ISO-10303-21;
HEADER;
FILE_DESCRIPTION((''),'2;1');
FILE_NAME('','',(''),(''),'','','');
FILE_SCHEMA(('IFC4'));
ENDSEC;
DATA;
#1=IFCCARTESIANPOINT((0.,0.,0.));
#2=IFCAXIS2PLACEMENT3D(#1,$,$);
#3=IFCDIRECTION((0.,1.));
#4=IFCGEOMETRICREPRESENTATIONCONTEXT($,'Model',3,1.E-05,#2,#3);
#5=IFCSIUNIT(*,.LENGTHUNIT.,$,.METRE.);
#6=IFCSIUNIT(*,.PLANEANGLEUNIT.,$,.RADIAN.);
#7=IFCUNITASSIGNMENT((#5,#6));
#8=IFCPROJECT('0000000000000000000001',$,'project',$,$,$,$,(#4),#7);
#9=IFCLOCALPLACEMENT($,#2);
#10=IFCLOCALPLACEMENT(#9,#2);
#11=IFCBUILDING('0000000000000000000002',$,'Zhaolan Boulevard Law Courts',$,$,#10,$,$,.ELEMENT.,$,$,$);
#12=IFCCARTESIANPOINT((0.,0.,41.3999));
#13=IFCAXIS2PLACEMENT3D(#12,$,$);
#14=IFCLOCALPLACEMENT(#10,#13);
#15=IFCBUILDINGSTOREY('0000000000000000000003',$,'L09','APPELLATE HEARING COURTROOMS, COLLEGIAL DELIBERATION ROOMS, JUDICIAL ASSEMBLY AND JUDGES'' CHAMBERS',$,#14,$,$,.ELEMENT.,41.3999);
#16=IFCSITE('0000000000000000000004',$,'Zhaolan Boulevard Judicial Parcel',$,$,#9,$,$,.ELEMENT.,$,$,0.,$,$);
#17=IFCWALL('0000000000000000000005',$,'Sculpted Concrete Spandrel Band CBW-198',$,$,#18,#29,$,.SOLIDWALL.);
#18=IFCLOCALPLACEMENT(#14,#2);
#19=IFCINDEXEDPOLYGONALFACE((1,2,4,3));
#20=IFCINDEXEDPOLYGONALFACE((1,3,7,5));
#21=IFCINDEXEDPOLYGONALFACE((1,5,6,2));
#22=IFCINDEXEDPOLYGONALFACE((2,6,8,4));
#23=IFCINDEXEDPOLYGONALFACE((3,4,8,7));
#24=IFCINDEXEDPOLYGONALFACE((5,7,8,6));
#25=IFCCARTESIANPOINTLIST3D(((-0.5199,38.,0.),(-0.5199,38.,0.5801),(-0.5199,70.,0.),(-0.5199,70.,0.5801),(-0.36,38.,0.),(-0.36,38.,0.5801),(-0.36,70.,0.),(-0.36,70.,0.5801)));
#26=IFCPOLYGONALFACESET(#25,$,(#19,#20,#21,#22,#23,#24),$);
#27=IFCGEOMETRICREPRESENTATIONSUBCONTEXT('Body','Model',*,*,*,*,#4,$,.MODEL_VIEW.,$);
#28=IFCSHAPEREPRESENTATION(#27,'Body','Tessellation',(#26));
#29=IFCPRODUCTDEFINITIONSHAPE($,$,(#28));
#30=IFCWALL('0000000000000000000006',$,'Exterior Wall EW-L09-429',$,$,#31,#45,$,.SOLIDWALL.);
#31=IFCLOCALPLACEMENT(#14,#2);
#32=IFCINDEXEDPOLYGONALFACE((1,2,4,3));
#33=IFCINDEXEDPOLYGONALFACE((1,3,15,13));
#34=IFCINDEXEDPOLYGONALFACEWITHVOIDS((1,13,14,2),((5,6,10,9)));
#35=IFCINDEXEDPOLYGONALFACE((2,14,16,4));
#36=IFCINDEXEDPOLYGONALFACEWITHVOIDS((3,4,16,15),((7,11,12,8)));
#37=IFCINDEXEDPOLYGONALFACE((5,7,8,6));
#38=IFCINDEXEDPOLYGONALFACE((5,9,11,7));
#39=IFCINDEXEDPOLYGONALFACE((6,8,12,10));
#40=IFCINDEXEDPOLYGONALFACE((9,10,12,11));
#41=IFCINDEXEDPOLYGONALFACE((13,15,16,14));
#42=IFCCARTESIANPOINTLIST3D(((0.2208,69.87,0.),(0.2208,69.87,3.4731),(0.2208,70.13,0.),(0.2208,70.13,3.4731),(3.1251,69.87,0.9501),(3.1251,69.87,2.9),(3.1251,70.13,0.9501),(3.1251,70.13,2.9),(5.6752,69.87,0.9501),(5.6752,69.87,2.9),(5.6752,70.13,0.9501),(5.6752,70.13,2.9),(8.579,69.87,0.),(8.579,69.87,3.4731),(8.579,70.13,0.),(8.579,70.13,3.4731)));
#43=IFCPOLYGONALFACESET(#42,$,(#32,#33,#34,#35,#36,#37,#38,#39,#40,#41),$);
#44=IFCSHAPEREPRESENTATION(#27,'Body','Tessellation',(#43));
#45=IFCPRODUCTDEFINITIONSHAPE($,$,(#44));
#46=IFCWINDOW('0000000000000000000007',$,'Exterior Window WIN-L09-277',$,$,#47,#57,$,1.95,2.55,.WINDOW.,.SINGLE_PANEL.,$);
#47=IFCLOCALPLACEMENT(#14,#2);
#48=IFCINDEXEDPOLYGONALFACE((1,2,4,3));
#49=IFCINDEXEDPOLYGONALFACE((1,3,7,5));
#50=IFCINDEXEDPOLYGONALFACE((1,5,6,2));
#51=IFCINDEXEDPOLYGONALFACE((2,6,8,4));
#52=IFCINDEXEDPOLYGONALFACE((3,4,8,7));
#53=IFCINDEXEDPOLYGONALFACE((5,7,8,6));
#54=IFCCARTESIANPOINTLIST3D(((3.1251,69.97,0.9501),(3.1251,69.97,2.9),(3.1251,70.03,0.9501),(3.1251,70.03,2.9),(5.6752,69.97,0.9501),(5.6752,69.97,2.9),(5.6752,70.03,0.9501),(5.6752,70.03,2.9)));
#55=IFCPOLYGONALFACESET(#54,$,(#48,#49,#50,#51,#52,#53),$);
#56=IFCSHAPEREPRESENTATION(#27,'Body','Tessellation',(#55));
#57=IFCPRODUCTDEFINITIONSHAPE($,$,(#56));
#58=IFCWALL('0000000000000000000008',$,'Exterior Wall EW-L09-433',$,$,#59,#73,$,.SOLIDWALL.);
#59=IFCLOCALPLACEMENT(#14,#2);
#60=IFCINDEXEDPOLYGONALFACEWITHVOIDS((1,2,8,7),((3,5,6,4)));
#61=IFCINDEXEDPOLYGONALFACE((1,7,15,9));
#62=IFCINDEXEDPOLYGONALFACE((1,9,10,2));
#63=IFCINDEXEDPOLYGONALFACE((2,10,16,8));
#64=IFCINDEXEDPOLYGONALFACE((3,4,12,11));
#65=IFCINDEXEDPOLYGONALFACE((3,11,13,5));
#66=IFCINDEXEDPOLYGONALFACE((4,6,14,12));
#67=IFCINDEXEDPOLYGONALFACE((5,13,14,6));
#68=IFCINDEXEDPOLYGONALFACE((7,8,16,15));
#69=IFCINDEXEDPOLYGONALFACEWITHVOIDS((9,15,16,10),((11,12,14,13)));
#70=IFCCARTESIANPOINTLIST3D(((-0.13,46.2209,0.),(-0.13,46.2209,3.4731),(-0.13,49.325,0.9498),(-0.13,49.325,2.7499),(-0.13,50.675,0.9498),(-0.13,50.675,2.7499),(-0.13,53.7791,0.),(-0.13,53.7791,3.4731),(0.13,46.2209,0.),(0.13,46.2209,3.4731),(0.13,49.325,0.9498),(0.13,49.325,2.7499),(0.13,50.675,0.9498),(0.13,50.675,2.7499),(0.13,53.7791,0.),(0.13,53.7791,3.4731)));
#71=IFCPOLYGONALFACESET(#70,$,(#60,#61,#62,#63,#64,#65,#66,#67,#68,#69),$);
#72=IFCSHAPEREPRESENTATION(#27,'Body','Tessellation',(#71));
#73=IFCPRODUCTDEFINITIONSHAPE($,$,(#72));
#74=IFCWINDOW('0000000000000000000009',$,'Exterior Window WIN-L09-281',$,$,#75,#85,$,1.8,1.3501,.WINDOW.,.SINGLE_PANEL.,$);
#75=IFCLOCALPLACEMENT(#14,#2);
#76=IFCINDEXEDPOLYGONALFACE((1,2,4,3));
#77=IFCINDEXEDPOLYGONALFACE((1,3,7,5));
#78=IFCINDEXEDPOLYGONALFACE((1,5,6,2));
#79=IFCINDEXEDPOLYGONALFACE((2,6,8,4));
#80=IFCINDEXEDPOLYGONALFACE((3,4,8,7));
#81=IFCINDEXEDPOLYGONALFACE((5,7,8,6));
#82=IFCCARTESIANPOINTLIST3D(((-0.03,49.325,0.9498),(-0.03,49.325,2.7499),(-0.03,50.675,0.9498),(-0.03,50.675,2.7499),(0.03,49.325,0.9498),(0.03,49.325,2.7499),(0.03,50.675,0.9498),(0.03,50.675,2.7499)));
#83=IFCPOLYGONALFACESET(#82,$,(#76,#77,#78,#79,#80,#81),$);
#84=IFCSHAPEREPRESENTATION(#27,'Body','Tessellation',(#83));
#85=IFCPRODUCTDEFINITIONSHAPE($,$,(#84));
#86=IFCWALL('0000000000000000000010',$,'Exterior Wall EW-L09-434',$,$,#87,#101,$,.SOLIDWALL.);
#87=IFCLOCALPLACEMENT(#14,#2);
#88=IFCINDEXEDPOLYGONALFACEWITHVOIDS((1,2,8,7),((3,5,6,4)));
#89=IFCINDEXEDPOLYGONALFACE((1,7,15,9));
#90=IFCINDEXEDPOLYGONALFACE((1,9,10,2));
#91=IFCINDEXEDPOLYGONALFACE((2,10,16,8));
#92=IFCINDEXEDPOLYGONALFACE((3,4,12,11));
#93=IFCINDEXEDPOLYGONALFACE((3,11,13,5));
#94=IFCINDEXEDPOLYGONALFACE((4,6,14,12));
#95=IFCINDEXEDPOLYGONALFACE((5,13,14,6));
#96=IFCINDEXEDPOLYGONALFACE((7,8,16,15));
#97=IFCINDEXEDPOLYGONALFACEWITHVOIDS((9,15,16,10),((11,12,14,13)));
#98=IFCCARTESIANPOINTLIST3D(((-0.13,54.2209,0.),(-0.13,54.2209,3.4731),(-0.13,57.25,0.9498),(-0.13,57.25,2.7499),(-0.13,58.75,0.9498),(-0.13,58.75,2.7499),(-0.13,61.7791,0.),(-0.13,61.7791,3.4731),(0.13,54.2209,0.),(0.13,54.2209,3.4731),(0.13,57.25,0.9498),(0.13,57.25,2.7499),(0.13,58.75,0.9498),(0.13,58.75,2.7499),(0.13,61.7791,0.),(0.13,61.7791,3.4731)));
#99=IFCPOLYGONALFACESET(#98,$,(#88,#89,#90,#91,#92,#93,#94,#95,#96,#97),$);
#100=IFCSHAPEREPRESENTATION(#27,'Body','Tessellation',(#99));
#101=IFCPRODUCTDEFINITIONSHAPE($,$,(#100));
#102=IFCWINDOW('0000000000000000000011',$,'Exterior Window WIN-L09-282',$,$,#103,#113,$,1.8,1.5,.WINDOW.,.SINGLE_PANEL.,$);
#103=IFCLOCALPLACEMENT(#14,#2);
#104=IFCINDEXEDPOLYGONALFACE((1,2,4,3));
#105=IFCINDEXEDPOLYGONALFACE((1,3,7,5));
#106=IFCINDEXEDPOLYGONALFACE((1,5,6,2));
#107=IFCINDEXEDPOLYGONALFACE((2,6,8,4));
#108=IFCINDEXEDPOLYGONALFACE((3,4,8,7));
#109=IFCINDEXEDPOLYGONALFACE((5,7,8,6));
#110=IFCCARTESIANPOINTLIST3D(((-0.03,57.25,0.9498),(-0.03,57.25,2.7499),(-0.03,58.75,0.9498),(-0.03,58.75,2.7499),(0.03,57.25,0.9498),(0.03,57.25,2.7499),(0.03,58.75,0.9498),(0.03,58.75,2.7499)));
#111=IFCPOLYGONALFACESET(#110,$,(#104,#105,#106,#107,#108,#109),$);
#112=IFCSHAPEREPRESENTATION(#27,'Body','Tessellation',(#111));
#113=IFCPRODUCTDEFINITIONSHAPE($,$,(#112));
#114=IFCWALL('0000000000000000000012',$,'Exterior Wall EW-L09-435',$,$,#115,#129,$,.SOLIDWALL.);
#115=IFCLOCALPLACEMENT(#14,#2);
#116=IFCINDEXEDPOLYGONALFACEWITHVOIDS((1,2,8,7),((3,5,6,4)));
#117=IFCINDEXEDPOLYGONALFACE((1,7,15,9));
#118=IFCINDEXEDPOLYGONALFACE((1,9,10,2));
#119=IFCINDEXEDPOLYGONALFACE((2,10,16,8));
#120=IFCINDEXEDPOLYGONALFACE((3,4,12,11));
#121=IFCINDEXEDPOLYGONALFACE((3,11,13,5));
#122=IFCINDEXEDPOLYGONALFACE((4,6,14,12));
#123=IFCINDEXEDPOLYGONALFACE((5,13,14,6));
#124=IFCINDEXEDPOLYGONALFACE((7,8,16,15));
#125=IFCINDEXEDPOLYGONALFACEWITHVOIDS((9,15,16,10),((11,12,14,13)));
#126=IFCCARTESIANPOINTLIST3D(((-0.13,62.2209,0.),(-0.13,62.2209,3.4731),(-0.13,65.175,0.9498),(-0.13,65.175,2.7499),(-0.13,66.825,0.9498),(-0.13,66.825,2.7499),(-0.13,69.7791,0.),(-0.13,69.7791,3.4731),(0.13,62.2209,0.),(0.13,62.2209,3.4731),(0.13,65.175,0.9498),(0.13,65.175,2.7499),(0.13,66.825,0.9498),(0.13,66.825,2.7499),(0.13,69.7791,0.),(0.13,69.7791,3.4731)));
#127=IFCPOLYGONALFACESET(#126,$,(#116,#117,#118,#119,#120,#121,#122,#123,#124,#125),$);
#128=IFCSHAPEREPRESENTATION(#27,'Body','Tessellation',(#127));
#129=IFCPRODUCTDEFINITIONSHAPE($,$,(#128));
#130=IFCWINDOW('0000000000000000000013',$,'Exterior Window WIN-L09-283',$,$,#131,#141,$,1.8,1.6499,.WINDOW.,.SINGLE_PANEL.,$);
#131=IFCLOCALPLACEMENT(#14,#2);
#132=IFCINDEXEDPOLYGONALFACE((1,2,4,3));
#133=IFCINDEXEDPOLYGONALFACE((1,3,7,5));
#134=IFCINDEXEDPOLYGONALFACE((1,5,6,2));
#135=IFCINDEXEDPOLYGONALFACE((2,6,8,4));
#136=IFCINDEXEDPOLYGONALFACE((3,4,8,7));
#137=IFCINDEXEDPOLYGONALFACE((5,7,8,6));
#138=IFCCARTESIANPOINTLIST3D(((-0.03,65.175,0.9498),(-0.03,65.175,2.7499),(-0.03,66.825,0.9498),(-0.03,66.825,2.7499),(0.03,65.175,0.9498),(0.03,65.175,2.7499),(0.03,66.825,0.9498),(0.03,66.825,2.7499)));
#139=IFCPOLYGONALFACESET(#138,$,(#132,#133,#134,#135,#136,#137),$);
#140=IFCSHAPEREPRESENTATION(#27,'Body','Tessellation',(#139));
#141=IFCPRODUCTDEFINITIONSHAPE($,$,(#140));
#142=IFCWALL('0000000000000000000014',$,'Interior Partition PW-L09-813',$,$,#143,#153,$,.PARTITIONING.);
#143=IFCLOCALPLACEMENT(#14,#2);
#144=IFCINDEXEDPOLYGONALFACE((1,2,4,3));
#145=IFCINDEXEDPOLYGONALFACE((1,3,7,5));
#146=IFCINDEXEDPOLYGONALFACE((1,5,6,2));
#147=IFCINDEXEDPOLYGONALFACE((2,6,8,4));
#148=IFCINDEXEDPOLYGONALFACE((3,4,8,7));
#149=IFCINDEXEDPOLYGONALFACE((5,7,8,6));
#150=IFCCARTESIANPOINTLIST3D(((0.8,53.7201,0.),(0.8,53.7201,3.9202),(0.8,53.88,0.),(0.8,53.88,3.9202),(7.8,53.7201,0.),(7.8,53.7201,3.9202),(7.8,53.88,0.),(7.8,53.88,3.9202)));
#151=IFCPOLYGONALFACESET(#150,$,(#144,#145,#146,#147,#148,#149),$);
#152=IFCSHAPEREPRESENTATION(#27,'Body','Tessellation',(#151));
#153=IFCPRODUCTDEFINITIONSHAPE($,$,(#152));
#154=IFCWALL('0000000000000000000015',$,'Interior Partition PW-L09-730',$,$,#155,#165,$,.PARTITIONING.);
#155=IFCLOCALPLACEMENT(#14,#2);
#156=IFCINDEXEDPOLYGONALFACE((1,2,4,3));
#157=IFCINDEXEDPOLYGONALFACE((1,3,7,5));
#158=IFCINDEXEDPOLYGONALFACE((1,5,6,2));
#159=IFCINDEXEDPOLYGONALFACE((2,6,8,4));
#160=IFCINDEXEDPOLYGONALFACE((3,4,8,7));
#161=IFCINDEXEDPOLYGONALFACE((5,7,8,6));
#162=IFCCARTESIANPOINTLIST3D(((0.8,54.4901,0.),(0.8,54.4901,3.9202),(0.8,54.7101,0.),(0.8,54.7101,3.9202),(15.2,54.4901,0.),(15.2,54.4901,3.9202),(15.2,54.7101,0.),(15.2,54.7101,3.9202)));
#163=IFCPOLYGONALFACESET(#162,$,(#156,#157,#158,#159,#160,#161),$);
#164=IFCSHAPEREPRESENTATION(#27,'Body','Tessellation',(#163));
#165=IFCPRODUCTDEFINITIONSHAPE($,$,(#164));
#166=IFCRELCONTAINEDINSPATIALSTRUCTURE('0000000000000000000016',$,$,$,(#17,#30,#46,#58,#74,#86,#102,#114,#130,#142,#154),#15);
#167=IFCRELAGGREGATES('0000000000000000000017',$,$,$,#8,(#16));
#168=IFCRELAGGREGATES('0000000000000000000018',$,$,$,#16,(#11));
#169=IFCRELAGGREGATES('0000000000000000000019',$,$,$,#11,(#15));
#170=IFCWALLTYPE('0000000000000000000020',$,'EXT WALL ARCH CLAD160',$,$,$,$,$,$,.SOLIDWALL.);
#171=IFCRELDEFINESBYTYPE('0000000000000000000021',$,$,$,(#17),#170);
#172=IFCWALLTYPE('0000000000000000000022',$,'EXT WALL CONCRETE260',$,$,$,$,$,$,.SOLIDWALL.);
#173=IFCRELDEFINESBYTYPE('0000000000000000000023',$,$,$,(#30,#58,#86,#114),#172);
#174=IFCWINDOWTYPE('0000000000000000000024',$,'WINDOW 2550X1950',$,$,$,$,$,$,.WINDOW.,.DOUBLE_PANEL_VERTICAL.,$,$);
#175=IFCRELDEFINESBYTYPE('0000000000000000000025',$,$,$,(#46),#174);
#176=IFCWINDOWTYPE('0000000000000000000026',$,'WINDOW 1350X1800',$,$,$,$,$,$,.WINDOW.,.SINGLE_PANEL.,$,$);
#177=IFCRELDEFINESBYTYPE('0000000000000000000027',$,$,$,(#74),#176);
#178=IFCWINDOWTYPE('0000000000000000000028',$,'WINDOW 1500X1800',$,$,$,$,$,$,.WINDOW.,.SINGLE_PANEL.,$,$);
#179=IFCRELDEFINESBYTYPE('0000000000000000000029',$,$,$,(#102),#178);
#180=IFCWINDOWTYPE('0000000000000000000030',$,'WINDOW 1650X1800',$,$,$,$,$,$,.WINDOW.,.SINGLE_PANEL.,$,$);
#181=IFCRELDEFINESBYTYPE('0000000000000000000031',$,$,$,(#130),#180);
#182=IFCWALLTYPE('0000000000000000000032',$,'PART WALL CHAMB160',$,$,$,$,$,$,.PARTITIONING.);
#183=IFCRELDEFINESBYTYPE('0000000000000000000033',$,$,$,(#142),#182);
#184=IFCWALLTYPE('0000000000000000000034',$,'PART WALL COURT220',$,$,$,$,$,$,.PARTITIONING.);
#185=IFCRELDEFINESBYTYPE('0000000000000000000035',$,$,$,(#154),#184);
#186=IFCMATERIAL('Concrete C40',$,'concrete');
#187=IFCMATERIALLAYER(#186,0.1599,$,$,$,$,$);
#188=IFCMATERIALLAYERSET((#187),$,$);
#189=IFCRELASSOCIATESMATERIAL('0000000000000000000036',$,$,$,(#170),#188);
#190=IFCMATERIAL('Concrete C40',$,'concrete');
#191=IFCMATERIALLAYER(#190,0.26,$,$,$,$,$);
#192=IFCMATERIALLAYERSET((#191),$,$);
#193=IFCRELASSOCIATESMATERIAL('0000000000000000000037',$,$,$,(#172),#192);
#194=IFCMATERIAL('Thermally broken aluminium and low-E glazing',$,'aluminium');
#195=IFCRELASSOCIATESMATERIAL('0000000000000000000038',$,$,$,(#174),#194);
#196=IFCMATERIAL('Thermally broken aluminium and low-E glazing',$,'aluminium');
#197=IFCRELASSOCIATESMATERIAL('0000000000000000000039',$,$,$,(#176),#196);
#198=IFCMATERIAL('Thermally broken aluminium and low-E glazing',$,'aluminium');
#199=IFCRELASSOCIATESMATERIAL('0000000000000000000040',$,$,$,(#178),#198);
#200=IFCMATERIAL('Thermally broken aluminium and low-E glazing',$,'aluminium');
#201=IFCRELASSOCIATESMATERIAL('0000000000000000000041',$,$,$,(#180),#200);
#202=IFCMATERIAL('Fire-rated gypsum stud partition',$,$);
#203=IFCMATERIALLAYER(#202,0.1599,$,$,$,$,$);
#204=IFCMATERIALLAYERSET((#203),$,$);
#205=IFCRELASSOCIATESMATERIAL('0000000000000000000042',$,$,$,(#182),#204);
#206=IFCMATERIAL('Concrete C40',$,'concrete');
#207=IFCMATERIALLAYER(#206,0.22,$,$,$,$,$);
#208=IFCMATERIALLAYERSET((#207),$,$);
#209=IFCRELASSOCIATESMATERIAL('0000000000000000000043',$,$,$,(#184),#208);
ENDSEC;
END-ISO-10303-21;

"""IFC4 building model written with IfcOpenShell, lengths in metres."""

from ifc_helpers import new_model, si_unit, direction, frame, frame_2d, origin, place, context, subcontext, project, spatial, rectangle, extrude, material, layer, layer_set, type_object, element, fill, save


model = new_model("IFC4")

# Units and contexts
model_context = context("Model", 3, precision=1e-05, world=origin(), true_north=direction((0.0, 1.0)))
body_context = subcontext(model_context, "Body", "Model", "MODEL_VIEW")
ifc_project = project(units=[si_unit("LENGTHUNIT", "METRE"), si_unit("PLANEANGLEUNIT", "RADIAN")], contexts=[model_context])

# Site, building, storey
site_placement = place(None, origin())
site = spatial("IfcSite", under=ifc_project, at=site_placement, Name="Zhaolan Boulevard Judicial Parcel", CompositionType="ELEMENT", RefElevation=0.0)
building_placement = place(site_placement, origin())
building = spatial("IfcBuilding", under=site, at=building_placement, Name="Zhaolan Boulevard Law Courts", CompositionType="ELEMENT")
storey_placement = place(building_placement, frame((0.0, 0.0, 41.3999)))
storey = spatial("IfcBuildingStorey", under=building, at=storey_placement, Name="L09", Description="APPELLATE HEARING COURTROOMS, COLLEGIAL DELIBERATION ROOMS, JUDICIAL ASSEMBLY AND JUDGES' CHAMBERS", CompositionType="ELEMENT", Elevation=41.3999)

# Wall
ifc_material_1 = material(Name="Concrete C40", Category="concrete")
ifc_layer_1 = layer(ifc_material_1, 0.1599)
ifc_layer_set_1 = layer_set([ifc_layer_1])
wall_type_1 = type_object("IfcWallType", Name="EXT WALL ARCH CLAD160", PredefinedType="SOLIDWALL", material=ifc_layer_set_1)
wall_1_placement = place(storey_placement, frame((-0.4399, 70.0, 0.0), z_axis=(0.0, 0.0, 1.0), x_axis=(0.0, -1.0, 0.0)))
element("IfcWall", 1, at=wall_1_placement, inside=storey, type_object=wall_type_1, Name="Sculpted Concrete Spandrel Band CBW-198", PredefinedType="SOLIDWALL", context=body_context, shape_type="SweptSolid", body=[
    extrude(rectangle(XDim=32.0, YDim=0.1599, at=frame_2d((16.0, 0.0))), origin(), (0.0, 0.0, 1.0), 0.5801),
])

# Walls, openings, windows
ifc_material_2 = material(Name="Concrete C40", Category="concrete")
ifc_layer_2 = layer(ifc_material_2, 0.26)
ifc_layer_set_2 = layer_set([ifc_layer_2])
wall_type_2 = type_object("IfcWallType", Name="EXT WALL CONCRETE260", PredefinedType="SOLIDWALL", material=ifc_layer_set_2)
wall_2_placement = place(storey_placement, frame((8.5791, 70.0, 0.0), z_axis=(0.0, 0.0, 1.0), x_axis=(-1.0, 0.0, 0.0)))
wall_2 = element("IfcWall", 2, at=wall_2_placement, inside=storey, type_object=wall_type_2, Name="Exterior Wall EW-L09-429", PredefinedType="SOLIDWALL", context=body_context, shape_type="SweptSolid", body=[
    extrude(rectangle(XDim=8.3582, YDim=0.26, at=frame_2d((4.1792, 0.0))), origin(), (0.0, 0.0, 1.0), 3.4731),
])
opening_1_placement = place(wall_2_placement, frame((2.9041, 0.0, 0.95)))
opening_1 = element("IfcOpeningElement", 3, at=opening_1_placement, cuts=wall_2, PredefinedType="OPENING", context=body_context, shape_type="SweptSolid", body=[
    extrude(rectangle(XDim=2.55, YDim=1.95, at=frame_2d((1.2749, 0.9751))), frame((0.0, 0.1399, 0.0), z_axis=(0.0, -1.0, 0.0), x_axis=(1.0, 0.0, 0.0)), (0.0, 0.0, 1.0), 0.28),
])
ifc_material_3 = material(Name="Thermally broken aluminium and low-E glazing", Category="aluminium")
window_type_1 = type_object("IfcWindowType", Name="WINDOW 2550X1950", PartitioningType="DOUBLE_PANEL_VERTICAL", PredefinedType="WINDOW", material=ifc_material_3)
window_1_placement = place(opening_1_placement, origin())
window_1 = element("IfcWindow", 4, at=window_1_placement, inside=storey, type_object=window_type_1, Name="Exterior Window WIN-L09-277", OverallHeight=1.95, OverallWidth=2.55, PartitioningType="SINGLE_PANEL", PredefinedType="WINDOW", context=body_context, shape_type="SweptSolid", body=[
    extrude(rectangle(XDim=2.55, YDim=1.95, at=frame_2d((1.2749, 0.9751))), frame((0.0, 0.03, 0.0), z_axis=(0.0, -1.0, 0.0), x_axis=(1.0, 0.0, 0.0)), (0.0, 0.0, 1.0), 0.0601),
])
fill(opening_1, window_1)
wall_3_placement = place(storey_placement, frame((0.0, 53.7791, 0.0), z_axis=(0.0, 0.0, 1.0), x_axis=(0.0, -1.0, 0.0)))
wall_3 = element("IfcWall", 5, at=wall_3_placement, inside=storey, type_object=wall_type_2, Name="Exterior Wall EW-L09-433", PredefinedType="SOLIDWALL", context=body_context, shape_type="SweptSolid", body=[
    extrude(rectangle(XDim=7.5581, YDim=0.26, at=frame_2d((3.7791, 0.0))), origin(), (0.0, 0.0, 1.0), 3.4731),
])
opening_2_placement = place(wall_3_placement, frame((3.104, 0.0, 0.95)))
opening_2 = element("IfcOpeningElement", 6, at=opening_2_placement, cuts=wall_3, PredefinedType="OPENING", context=body_context, shape_type="SweptSolid", body=[
    extrude(rectangle(XDim=1.3501, YDim=1.8, at=frame_2d((0.675, 0.8999))), frame((0.0, 0.1399, 0.0), z_axis=(0.0, -1.0, 0.0), x_axis=(1.0, 0.0, 0.0)), (0.0, 0.0, 1.0), 0.28),
])
ifc_material_4 = material(Name="Thermally broken aluminium and low-E glazing", Category="aluminium")
window_type_2 = type_object("IfcWindowType", Name="WINDOW 1350X1800", PartitioningType="SINGLE_PANEL", PredefinedType="WINDOW", material=ifc_material_4)
window_2_placement = place(opening_2_placement, origin())
window_2 = element("IfcWindow", 7, at=window_2_placement, inside=storey, type_object=window_type_2, Name="Exterior Window WIN-L09-281", OverallHeight=1.8, OverallWidth=1.3501, PartitioningType="SINGLE_PANEL", PredefinedType="WINDOW", context=body_context, shape_type="SweptSolid", body=[
    extrude(rectangle(XDim=1.3501, YDim=1.8, at=frame_2d((0.675, 0.8999))), frame((0.0, 0.03, 0.0), z_axis=(0.0, -1.0, 0.0), x_axis=(1.0, 0.0, 0.0)), (0.0, 0.0, 1.0), 0.0601),
])
fill(opening_2, window_2)
wall_4_placement = place(storey_placement, frame((0.0, 61.7791, 0.0), z_axis=(0.0, 0.0, 1.0), x_axis=(0.0, -1.0, 0.0)))
wall_4 = element("IfcWall", 8, at=wall_4_placement, inside=storey, type_object=wall_type_2, Name="Exterior Wall EW-L09-434", PredefinedType="SOLIDWALL", context=body_context, shape_type="SweptSolid", body=[
    extrude(rectangle(XDim=7.5581, YDim=0.26, at=frame_2d((3.7791, 0.0))), origin(), (0.0, 0.0, 1.0), 3.4731),
])
opening_3_placement = place(wall_4_placement, frame((3.0291, 0.0, 0.95)))
opening_3 = element("IfcOpeningElement", 9, at=opening_3_placement, cuts=wall_4, PredefinedType="OPENING", context=body_context, shape_type="SweptSolid", body=[
    extrude(rectangle(XDim=1.5, YDim=1.8, at=frame_2d((0.75, 0.8999))), frame((0.0, 0.1399, 0.0), z_axis=(0.0, -1.0, 0.0), x_axis=(1.0, 0.0, 0.0)), (0.0, 0.0, 1.0), 0.28),
])
ifc_material_5 = material(Name="Thermally broken aluminium and low-E glazing", Category="aluminium")
window_type_3 = type_object("IfcWindowType", Name="WINDOW 1500X1800", PartitioningType="SINGLE_PANEL", PredefinedType="WINDOW", material=ifc_material_5)
window_3_placement = place(opening_3_placement, origin())
window_3 = element("IfcWindow", 10, at=window_3_placement, inside=storey, type_object=window_type_3, Name="Exterior Window WIN-L09-282", OverallHeight=1.8, OverallWidth=1.5, PartitioningType="SINGLE_PANEL", PredefinedType="WINDOW", context=body_context, shape_type="SweptSolid", body=[
    extrude(rectangle(XDim=1.5, YDim=1.8, at=frame_2d((0.75, 0.8999))), frame((0.0, 0.03, 0.0), z_axis=(0.0, -1.0, 0.0), x_axis=(1.0, 0.0, 0.0)), (0.0, 0.0, 1.0), 0.0601),
])
fill(opening_3, window_3)
wall_5_placement = place(storey_placement, frame((0.0, 69.7791, 0.0), z_axis=(0.0, 0.0, 1.0), x_axis=(0.0, -1.0, 0.0)))
wall_5 = element("IfcWall", 11, at=wall_5_placement, inside=storey, type_object=wall_type_2, Name="Exterior Wall EW-L09-435", PredefinedType="SOLIDWALL", context=body_context, shape_type="SweptSolid", body=[
    extrude(rectangle(XDim=7.5581, YDim=0.26, at=frame_2d((3.7791, 0.0))), origin(), (0.0, 0.0, 1.0), 3.4731),
])
opening_4_placement = place(wall_5_placement, frame((2.9541, 0.0, 0.95)))
opening_4 = element("IfcOpeningElement", 12, at=opening_4_placement, cuts=wall_5, PredefinedType="OPENING", context=body_context, shape_type="SweptSolid", body=[
    extrude(rectangle(XDim=1.6499, YDim=1.8, at=frame_2d((0.825, 0.8999))), frame((0.0, 0.1399, 0.0), z_axis=(0.0, -1.0, 0.0), x_axis=(1.0, 0.0, 0.0)), (0.0, 0.0, 1.0), 0.28),
])
ifc_material_6 = material(Name="Thermally broken aluminium and low-E glazing", Category="aluminium")
window_type_4 = type_object("IfcWindowType", Name="WINDOW 1650X1800", PartitioningType="SINGLE_PANEL", PredefinedType="WINDOW", material=ifc_material_6)
window_4_placement = place(opening_4_placement, origin())
window_4 = element("IfcWindow", 13, at=window_4_placement, inside=storey, type_object=window_type_4, Name="Exterior Window WIN-L09-283", OverallHeight=1.8, OverallWidth=1.6499, PartitioningType="SINGLE_PANEL", PredefinedType="WINDOW", context=body_context, shape_type="SweptSolid", body=[
    extrude(rectangle(XDim=1.6499, YDim=1.8, at=frame_2d((0.825, 0.8999))), frame((0.0, 0.03, 0.0), z_axis=(0.0, -1.0, 0.0), x_axis=(1.0, 0.0, 0.0)), (0.0, 0.0, 1.0), 0.0601),
])
fill(opening_4, window_4)

# Walls
ifc_material_7 = material(Name="Fire-rated gypsum stud partition")
ifc_layer_3 = layer(ifc_material_7, 0.1599)
ifc_layer_set_3 = layer_set([ifc_layer_3])
wall_type_3 = type_object("IfcWallType", Name="PART WALL CHAMB160", PredefinedType="PARTITIONING", material=ifc_layer_set_3)
wall_6_placement = place(storey_placement, frame((7.8, 53.8, 0.0), z_axis=(0.0, 0.0, 1.0), x_axis=(-1.0, 0.0, 0.0)))
element("IfcWall", 14, at=wall_6_placement, inside=storey, type_object=wall_type_3, Name="Interior Partition PW-L09-813", PredefinedType="PARTITIONING", context=body_context, shape_type="SweptSolid", body=[
    extrude(rectangle(XDim=7.0, YDim=0.1599, at=frame_2d((3.5, 0.0))), origin(), (0.0, 0.0, 1.0), 3.9202),
])
ifc_material_8 = material(Name="Concrete C40", Category="concrete")
ifc_layer_4 = layer(ifc_material_8, 0.22)
ifc_layer_set_4 = layer_set([ifc_layer_4])
wall_type_4 = type_object("IfcWallType", Name="PART WALL COURT220", PredefinedType="PARTITIONING", material=ifc_layer_set_4)
wall_7_placement = place(storey_placement, frame((0.8, 54.6001, 0.0), z_axis=(0.0, 0.0, 1.0), x_axis=(1.0, 0.0, 0.0)))
element("IfcWall", 15, at=wall_7_placement, inside=storey, type_object=wall_type_4, Name="Interior Partition PW-L09-730", PredefinedType="PARTITIONING", context=body_context, shape_type="SweptSolid", body=[
    extrude(rectangle(XDim=14.3999, YDim=0.22, at=frame_2d((7.2, 0.0))), origin(), (0.0, 0.0, 1.0), 3.9202),
])

save(model, "model.ifc")
